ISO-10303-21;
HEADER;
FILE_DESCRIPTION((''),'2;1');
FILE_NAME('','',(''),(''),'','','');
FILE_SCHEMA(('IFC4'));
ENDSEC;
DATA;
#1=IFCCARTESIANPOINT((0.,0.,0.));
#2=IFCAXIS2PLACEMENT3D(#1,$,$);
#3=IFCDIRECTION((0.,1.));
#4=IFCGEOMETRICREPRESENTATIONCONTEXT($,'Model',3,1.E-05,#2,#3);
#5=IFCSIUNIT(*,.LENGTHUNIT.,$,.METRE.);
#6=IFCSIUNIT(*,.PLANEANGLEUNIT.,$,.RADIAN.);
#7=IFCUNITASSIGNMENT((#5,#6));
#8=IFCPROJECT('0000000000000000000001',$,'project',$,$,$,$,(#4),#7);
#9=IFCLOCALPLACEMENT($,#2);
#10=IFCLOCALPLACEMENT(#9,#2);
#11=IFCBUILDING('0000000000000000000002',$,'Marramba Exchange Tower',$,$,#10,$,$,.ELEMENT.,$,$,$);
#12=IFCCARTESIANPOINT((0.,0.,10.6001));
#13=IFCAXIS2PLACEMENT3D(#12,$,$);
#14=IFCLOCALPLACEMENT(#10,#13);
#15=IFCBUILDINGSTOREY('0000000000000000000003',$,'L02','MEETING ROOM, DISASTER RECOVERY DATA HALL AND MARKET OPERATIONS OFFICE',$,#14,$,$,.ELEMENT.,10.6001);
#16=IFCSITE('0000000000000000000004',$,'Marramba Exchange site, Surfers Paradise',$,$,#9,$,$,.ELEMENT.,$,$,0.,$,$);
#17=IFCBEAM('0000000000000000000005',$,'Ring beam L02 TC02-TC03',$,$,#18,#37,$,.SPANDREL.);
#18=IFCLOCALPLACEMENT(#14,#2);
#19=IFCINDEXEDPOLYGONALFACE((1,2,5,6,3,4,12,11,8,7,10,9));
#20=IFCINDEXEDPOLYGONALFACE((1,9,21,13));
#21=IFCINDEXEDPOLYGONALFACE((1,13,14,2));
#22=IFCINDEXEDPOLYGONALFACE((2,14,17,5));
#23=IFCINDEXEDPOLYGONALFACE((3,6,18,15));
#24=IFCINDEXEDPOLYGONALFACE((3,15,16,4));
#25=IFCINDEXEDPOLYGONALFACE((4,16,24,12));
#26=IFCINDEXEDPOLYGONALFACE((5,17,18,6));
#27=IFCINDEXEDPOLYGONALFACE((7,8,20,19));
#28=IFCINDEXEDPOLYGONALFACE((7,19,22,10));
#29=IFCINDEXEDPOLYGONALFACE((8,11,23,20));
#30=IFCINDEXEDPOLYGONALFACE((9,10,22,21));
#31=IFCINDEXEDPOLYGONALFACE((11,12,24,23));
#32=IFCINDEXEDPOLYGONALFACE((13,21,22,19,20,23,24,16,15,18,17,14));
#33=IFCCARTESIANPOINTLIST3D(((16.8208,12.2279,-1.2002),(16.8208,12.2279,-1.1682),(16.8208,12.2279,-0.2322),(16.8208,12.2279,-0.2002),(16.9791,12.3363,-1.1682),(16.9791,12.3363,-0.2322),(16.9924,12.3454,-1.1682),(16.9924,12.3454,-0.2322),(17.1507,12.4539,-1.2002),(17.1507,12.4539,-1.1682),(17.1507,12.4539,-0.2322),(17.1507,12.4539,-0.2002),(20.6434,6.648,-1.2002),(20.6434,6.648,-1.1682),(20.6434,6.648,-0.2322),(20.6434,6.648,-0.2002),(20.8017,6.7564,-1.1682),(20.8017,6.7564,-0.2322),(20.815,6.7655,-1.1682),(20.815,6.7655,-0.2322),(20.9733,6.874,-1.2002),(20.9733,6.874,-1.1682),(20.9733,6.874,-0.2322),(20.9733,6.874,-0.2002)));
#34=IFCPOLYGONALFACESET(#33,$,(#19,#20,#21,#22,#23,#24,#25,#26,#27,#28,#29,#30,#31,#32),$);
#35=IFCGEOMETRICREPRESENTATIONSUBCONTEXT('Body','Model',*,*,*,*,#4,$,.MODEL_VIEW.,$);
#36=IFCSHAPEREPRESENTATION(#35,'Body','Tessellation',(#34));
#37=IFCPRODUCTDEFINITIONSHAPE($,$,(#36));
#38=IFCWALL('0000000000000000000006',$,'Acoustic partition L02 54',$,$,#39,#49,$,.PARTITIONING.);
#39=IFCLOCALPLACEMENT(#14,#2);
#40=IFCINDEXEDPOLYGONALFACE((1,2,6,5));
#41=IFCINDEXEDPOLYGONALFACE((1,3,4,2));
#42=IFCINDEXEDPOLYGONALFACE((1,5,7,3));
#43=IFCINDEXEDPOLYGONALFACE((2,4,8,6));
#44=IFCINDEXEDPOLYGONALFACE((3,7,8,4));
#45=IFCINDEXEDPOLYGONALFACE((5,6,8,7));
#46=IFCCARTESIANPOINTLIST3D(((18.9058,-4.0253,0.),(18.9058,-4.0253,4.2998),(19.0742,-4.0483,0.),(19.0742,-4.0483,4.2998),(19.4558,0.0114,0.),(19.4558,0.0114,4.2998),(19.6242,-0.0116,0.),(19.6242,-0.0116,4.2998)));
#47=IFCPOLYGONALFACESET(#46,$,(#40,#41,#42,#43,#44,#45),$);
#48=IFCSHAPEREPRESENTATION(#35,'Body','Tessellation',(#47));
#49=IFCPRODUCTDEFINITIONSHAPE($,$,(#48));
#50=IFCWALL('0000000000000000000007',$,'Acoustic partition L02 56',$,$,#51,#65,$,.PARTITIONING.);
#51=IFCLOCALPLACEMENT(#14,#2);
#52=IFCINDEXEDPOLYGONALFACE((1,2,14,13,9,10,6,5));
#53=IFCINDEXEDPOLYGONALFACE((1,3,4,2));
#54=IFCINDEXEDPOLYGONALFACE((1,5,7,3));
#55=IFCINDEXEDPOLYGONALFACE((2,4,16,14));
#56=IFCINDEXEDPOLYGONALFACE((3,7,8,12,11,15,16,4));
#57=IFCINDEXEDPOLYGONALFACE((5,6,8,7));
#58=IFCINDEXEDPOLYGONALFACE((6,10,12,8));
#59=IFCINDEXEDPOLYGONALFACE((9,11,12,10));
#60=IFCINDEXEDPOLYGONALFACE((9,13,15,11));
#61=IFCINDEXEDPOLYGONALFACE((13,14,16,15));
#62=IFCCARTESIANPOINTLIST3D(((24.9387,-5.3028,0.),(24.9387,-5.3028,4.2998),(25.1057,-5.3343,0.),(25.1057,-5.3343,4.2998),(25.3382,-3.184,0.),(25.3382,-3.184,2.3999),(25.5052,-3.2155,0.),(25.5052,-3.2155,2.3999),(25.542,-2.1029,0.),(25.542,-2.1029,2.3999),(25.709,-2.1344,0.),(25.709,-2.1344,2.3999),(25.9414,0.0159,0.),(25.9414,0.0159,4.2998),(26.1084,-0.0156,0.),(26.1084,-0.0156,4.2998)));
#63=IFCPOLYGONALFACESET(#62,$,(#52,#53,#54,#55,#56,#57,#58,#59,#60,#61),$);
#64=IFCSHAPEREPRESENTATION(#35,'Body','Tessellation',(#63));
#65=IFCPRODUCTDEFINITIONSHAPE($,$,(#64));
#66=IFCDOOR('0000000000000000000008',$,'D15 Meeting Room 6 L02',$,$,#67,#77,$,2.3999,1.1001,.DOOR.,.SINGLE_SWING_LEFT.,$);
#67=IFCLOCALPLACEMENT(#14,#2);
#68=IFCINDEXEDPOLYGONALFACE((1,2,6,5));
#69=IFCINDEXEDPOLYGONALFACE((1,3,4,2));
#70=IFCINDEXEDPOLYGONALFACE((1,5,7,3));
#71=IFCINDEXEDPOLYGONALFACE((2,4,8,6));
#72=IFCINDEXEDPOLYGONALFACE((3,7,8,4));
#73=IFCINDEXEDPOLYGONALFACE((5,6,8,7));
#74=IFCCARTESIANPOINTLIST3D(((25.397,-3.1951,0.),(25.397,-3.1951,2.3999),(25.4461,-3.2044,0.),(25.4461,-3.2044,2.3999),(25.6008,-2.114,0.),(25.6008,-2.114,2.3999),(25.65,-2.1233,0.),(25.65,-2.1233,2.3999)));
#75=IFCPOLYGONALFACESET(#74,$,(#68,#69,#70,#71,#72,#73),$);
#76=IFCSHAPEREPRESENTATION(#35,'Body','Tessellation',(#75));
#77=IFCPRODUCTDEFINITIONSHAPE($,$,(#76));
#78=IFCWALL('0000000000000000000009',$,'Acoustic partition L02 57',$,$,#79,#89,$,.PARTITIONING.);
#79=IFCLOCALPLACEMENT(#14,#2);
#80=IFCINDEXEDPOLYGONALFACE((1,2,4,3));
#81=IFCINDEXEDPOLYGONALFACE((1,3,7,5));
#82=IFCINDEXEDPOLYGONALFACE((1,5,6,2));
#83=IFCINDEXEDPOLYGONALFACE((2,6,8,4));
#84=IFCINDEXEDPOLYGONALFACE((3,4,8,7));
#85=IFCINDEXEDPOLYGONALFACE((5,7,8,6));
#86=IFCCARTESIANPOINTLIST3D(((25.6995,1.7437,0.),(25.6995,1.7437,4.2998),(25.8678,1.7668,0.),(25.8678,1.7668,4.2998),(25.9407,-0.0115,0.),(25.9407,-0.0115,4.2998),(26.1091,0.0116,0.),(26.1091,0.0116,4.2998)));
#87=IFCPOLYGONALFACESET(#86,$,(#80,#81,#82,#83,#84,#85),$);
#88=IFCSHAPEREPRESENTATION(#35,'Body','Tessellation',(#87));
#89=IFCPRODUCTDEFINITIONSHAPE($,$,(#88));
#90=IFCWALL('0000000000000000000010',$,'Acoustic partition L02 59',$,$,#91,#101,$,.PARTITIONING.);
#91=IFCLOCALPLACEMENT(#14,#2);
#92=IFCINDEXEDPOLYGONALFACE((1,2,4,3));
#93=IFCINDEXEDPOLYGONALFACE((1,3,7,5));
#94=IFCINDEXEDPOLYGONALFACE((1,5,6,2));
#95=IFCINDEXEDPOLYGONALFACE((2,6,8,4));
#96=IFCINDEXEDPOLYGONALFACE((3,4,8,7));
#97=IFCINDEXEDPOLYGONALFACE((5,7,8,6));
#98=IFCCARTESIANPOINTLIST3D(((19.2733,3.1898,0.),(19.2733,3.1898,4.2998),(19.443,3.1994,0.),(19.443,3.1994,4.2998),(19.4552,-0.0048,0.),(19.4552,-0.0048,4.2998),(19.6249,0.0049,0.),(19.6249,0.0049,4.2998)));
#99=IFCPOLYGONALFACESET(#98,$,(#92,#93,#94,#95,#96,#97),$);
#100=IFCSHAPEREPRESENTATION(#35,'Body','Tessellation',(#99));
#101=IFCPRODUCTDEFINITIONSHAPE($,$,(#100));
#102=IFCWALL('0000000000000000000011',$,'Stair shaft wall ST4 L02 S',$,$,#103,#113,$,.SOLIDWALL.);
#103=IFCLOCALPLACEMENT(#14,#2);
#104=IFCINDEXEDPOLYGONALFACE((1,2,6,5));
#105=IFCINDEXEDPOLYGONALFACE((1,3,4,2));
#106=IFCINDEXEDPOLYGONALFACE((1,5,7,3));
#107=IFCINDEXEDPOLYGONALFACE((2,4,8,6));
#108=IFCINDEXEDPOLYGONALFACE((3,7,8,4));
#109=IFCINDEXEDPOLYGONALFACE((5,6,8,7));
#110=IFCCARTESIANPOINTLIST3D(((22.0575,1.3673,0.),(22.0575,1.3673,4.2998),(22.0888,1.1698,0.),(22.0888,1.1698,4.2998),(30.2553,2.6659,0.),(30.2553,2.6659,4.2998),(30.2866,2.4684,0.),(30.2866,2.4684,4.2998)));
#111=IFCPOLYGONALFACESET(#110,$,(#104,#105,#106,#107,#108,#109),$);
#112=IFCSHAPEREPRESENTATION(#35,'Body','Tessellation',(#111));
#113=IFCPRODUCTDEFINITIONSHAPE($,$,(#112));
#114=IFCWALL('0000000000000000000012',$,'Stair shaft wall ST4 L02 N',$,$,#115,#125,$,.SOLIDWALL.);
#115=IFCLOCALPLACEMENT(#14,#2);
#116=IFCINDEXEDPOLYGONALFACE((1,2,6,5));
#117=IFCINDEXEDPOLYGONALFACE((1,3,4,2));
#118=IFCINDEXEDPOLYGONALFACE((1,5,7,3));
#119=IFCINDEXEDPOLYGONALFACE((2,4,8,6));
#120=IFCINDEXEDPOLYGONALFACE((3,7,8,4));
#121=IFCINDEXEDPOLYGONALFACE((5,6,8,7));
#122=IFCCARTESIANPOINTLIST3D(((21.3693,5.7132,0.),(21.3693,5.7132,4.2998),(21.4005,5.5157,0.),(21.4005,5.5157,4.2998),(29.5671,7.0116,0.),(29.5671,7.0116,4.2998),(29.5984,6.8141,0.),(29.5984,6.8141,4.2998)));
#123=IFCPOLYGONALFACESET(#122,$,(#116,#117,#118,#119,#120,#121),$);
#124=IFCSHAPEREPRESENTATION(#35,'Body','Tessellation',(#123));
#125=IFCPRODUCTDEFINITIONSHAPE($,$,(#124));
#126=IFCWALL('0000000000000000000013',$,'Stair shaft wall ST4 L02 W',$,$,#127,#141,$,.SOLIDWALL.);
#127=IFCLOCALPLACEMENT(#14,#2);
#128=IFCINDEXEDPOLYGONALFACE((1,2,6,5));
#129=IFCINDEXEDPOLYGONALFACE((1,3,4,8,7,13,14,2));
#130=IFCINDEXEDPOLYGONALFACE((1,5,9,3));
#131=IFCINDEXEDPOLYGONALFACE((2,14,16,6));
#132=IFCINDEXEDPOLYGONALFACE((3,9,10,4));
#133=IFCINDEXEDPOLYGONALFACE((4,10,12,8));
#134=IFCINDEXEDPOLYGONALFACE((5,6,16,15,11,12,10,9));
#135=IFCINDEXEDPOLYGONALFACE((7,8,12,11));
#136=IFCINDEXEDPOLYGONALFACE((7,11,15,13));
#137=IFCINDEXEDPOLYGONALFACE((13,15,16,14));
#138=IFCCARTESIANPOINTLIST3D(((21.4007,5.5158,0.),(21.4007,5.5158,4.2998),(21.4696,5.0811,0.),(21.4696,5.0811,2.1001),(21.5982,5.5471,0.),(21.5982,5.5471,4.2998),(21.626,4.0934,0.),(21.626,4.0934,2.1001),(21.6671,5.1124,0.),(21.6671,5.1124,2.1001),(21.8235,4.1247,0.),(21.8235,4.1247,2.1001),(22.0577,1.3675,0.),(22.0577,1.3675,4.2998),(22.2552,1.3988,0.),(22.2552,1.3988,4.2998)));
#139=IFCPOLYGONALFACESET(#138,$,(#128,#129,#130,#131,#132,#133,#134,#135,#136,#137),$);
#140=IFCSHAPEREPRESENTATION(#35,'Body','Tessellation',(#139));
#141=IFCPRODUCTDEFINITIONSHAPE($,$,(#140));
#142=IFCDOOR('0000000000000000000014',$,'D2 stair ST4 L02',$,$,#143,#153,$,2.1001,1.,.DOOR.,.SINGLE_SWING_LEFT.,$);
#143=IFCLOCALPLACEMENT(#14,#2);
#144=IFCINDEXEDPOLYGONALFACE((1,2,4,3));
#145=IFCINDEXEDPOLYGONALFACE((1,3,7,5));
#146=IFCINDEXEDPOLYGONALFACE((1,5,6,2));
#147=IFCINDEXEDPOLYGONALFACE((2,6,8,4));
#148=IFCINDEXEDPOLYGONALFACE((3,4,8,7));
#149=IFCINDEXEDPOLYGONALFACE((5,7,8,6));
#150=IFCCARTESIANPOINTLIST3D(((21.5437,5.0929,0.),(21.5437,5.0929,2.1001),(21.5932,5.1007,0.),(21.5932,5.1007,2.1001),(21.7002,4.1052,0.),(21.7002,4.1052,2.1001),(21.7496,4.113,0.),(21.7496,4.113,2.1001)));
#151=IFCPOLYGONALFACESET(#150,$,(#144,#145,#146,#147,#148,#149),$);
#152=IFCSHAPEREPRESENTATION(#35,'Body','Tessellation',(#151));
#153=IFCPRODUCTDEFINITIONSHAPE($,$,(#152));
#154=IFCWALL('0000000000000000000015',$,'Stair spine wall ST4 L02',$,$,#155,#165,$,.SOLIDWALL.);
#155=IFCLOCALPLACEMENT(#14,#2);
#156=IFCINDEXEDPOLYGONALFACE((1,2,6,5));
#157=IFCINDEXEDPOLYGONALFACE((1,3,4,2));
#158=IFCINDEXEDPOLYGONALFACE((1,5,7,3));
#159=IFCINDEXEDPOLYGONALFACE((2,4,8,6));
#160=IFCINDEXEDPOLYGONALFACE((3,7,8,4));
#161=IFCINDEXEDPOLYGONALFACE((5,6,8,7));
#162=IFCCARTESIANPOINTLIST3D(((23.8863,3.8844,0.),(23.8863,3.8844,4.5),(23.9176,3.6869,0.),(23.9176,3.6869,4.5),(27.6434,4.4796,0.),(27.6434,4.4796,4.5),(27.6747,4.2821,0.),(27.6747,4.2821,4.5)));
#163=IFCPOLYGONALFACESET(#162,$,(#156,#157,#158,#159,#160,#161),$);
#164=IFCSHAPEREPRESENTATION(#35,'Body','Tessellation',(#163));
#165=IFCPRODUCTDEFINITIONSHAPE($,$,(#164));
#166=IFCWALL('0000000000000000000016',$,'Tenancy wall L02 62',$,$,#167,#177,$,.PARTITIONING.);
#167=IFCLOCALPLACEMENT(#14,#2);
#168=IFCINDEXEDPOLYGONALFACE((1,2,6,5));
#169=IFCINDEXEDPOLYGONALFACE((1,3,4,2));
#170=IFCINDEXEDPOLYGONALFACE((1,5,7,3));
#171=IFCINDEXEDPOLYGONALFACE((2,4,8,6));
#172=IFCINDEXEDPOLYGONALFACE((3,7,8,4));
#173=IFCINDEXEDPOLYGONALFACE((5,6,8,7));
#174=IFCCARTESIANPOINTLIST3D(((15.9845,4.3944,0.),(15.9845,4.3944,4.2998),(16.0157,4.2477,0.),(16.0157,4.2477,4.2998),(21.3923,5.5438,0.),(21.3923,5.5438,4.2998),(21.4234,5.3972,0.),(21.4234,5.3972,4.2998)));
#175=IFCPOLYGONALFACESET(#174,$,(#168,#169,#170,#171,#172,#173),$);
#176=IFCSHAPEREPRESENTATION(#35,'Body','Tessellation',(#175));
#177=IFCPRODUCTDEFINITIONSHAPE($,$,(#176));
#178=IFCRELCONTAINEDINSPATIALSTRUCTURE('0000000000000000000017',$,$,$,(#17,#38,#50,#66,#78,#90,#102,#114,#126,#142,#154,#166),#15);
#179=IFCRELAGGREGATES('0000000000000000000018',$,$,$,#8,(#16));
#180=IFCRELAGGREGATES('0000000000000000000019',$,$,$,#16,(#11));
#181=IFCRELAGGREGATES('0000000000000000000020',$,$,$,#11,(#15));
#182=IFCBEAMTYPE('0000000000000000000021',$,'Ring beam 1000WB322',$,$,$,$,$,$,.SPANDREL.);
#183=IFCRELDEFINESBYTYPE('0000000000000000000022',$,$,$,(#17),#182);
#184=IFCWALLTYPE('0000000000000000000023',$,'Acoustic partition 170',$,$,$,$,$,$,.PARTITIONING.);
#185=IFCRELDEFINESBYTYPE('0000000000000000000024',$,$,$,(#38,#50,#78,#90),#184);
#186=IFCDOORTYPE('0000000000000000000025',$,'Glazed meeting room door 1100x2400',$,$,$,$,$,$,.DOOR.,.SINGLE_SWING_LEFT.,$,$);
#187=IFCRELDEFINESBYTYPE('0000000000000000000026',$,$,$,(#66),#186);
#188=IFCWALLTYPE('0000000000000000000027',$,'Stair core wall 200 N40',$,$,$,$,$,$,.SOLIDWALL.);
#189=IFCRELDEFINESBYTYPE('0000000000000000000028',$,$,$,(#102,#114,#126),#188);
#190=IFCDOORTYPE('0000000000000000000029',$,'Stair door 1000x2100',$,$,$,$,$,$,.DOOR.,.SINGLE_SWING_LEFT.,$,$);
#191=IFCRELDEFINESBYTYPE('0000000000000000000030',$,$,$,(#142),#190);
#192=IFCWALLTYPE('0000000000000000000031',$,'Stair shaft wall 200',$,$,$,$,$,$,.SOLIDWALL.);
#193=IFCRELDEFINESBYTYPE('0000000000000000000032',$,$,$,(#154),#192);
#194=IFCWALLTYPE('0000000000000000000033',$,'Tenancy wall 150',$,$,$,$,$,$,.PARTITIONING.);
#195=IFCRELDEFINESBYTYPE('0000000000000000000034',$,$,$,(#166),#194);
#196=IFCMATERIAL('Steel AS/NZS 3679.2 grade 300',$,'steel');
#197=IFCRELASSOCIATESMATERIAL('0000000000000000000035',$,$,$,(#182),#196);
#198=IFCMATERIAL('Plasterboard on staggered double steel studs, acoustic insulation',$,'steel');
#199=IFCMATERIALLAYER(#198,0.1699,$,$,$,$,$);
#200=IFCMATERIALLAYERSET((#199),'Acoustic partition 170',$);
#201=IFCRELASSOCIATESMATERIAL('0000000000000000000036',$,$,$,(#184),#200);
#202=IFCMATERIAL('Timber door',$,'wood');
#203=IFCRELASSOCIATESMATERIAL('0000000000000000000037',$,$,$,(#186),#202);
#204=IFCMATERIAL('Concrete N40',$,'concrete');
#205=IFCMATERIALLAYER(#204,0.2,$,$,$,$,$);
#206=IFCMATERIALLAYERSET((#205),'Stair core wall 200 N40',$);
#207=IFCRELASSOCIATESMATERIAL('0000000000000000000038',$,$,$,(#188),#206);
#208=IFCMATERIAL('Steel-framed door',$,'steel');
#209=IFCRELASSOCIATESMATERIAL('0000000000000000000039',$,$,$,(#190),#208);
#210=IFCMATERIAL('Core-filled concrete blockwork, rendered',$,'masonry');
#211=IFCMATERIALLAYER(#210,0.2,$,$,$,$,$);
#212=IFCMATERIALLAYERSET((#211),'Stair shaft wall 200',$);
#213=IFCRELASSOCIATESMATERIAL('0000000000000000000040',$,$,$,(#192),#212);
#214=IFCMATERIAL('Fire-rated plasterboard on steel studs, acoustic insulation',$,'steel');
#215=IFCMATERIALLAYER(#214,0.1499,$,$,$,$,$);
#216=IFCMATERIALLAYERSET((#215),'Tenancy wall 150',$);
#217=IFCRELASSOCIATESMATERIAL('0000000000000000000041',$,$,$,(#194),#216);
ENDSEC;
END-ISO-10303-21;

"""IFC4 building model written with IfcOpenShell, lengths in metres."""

from ifc_helpers import new_model, si_unit, direction, frame, frame_2d, origin, origin_2d, place, context, subcontext, project, spatial, rectangle, i_section, extrude, material, layer, layer_set, material_profile, profile_set, type_object, element, fill, save


model = new_model("IFC4")

# Units and contexts
model_context = context("Model", 3, precision=1e-05, world=origin(), true_north=direction((0.0, 1.0)))
body_context = subcontext(model_context, "Body", "Model", "MODEL_VIEW")
ifc_project = project(units=[si_unit("LENGTHUNIT", "METRE"), si_unit("PLANEANGLEUNIT", "RADIAN")], contexts=[model_context])

# Site, building, storey
site_placement = place(None, origin())
site = spatial("IfcSite", under=ifc_project, at=site_placement, Name="Marramba Exchange site, Surfers Paradise", CompositionType="ELEMENT", RefElevation=0.0)
building_placement = place(site_placement, origin())
building = spatial("IfcBuilding", under=site, at=building_placement, Name="Marramba Exchange Tower", CompositionType="ELEMENT")
storey_placement = place(building_placement, frame((0.0, 0.0, 10.6001)))
storey = spatial("IfcBuildingStorey", under=building, at=storey_placement, Name="L02", Description="MEETING ROOM, DISASTER RECOVERY DATA HALL AND MARKET OPERATIONS OFFICE", CompositionType="ELEMENT", Elevation=10.6001)

# Beam
ifc_material_1 = material(Name="Steel AS/NZS 3679.2 grade 300", Category="steel")
ifc_material_profile_1 = material_profile(ifc_material_1, i_section(OverallWidth=0.3999, OverallDepth=1.0, WebThickness=0.0161, FlangeThickness=0.032, at=origin_2d()), Name="1000WB322")
ifc_profile_set_1 = profile_set([ifc_material_profile_1], Name="Steel AS/NZS 3679.2 grade 300")
beam_type_1 = type_object("IfcBeamType", Name="Ring beam 1000WB322", PredefinedType="SPANDREL", material=ifc_profile_set_1)
beam_1_placement = place(storey_placement, frame((20.8083, 6.761, -0.7002), z_axis=(-0.56516, 0.824981, 0.0), x_axis=(-0.824981, -0.56516, 0.0)))
element("IfcBeam", 1, at=beam_1_placement, inside=storey, type_object=beam_type_1, Name="Ring beam L02 TC02-TC03", PredefinedType="SPANDREL", context=body_context, shape_type="SweptSolid", body=[
    extrude(i_section(OverallWidth=0.3999, OverallDepth=1.0, WebThickness=0.0161, FlangeThickness=0.032, at=origin_2d()), origin(), (0.0, 0.0, 1.0), 6.7637),
])

# Wall
ifc_material_2 = material(Name="Plasterboard on staggered double steel studs, acoustic insulation", Category="steel")
ifc_layer_1 = layer(ifc_material_2, 0.1699)
ifc_layer_set_1 = layer_set([ifc_layer_1], Name="Acoustic partition 170")
wall_type_1 = type_object("IfcWallType", Name="Acoustic partition 170", PredefinedType="PARTITIONING", material=ifc_layer_set_1)
wall_1_placement = place(storey_placement, frame((19.54, 0.0, 0.0), z_axis=(0.0, 0.0, 1.0), x_axis=(-0.135017, -0.990843, 0.0)))
element("IfcWall", 2, at=wall_1_placement, inside=storey, type_object=wall_type_1, Name="Acoustic partition L02 54", PredefinedType="PARTITIONING", context=body_context, shape_type="SweptSolid", body=[
    extrude(rectangle(XDim=4.074, YDim=0.1699, at=frame_2d((2.0371, 0.0))), origin(), (0.0, 0.0, 1.0), 4.2998),
])

# Wall, opening, door
wall_2_placement = place(storey_placement, frame((26.0249, 0.0, 0.0), z_axis=(0.0, 0.0, 1.0), x_axis=(-0.185261, -0.982689, 0.0)))
wall_2 = element("IfcWall", 3, at=wall_2_placement, inside=storey, type_object=wall_type_1, Name="Acoustic partition L02 56", PredefinedType="PARTITIONING", context=body_context, shape_type="SweptSolid", body=[
    extrude(rectangle(XDim=5.4124, YDim=0.1699, at=frame_2d((2.7061, 0.0))), origin(), (0.0, 0.0, 1.0), 4.2998),
])
opening_1_placement = place(wall_2_placement, frame((2.156, 0.0, 0.0)))
opening_1 = element("IfcOpeningElement", 4, at=opening_1_placement, cuts=wall_2, PredefinedType="OPENING", context=body_context, shape_type="SweptSolid", body=[
    extrude(rectangle(XDim=1.1001, YDim=2.3999, at=frame_2d((0.55, 1.2))), frame((0.0, 0.095, 0.0), z_axis=(0.0, -1.0, 0.0), x_axis=(1.0, 0.0, 0.0)), (0.0, 0.0, 1.0), 0.1899),
])
ifc_material_3 = material(Name="Timber door", Category="wood")
door_type_1 = type_object("IfcDoorType", Name="Glazed meeting room door 1100x2400", OperationType="SINGLE_SWING_LEFT", PredefinedType="DOOR", material=ifc_material_3)
door_1_placement = place(opening_1_placement, origin())
door_1 = element("IfcDoor", 5, at=door_1_placement, inside=storey, type_object=door_type_1, Name="D15 Meeting Room 6 L02", OperationType="SINGLE_SWING_LEFT", OverallHeight=2.3999, OverallWidth=1.1001, PredefinedType="DOOR", context=body_context, shape_type="SweptSolid", body=[
    extrude(rectangle(XDim=1.1001, YDim=2.3999, at=frame_2d((0.55, 1.2))), frame((0.0, 0.0249, 0.0), z_axis=(0.0, -1.0, 0.0), x_axis=(1.0, 0.0, 0.0)), (0.0, 0.0, 1.0), 0.05),
])
fill(opening_1, door_1)

# Walls
wall_3_placement = place(storey_placement, frame((25.7837, 1.7551, 0.0), z_axis=(0.0, 0.0, 1.0), x_axis=(0.136152, -0.990688, 0.0)))
element("IfcWall", 6, at=wall_3_placement, inside=storey, type_object=wall_type_1, Name="Acoustic partition L02 57", PredefinedType="PARTITIONING", context=body_context, shape_type="SweptSolid", body=[
    extrude(rectangle(XDim=1.7717, YDim=0.1699, at=frame_2d((0.8857, 0.0))), origin(), (0.0, 0.0, 1.0), 4.2998),
])
wall_4_placement = place(storey_placement, frame((19.3582, 3.1946, 0.0), z_axis=(0.0, 0.0, 1.0), x_axis=(0.056843, -0.998383, 0.0)))
element("IfcWall", 7, at=wall_4_placement, inside=storey, type_object=wall_type_1, Name="Acoustic partition L02 59", PredefinedType="PARTITIONING", context=body_context, shape_type="SweptSolid", body=[
    extrude(rectangle(XDim=3.1997, YDim=0.1699, at=frame_2d((1.5999, 0.0))), origin(), (0.0, 0.0, 1.0), 4.2998),
])
ifc_material_4 = material(Name="Concrete N40", Category="concrete")
ifc_layer_2 = layer(ifc_material_4, 0.2)
ifc_layer_set_2 = layer_set([ifc_layer_2], Name="Stair core wall 200 N40")
wall_type_2 = type_object("IfcWallType", Name="Stair core wall 200 N40", PredefinedType="SOLIDWALL", material=ifc_layer_set_2)
for number, where, z_axis, x_axis, name in (
    (8, (22.0732, 1.2686, 0.0), (0.0, 0.0, 1.0), (0.987685, 0.156456, 0.0), "Stair shaft wall ST4 L02 S"),
    (9, (21.385, 5.6145, 0.0), (0.0, 0.0, 1.0), (0.987689, 0.156428, 0.0), "Stair shaft wall ST4 L02 N"),
):
    element("IfcWall", number, at=place(storey_placement, frame(where, z_axis=z_axis, x_axis=x_axis)), inside=storey, type_object=wall_type_2, Name=name, PredefinedType="SOLIDWALL", context=body_context, shape_type="SweptSolid", body=[
        extrude(rectangle(XDim=8.3, YDim=0.2, at=frame_2d((4.1499, 0.0))), origin(), (0.0, 0.0, 1.0), 4.2998),
    ])

# Wall, opening, door
wall_5_placement = place(storey_placement, frame((22.1565, 1.3831, 0.0), z_axis=(0.0, 0.0, 1.0), x_axis=(-0.156428, 0.987689, 0.0)))
wall_5 = element("IfcWall", 10, at=wall_5_placement, inside=storey, type_object=wall_type_2, Name="Stair shaft wall ST4 L02 W", PredefinedType="SOLIDWALL", context=body_context, shape_type="SweptSolid", body=[
    extrude(rectangle(XDim=4.2, YDim=0.2, at=frame_2d((2.1001, 0.0))), origin(), (0.0, 0.0, 1.0), 4.2998),
])
opening_2_placement = place(wall_5_placement, frame((2.76, 0.0, 0.0)))
opening_2 = element("IfcOpeningElement", 11, at=opening_2_placement, cuts=wall_5, PredefinedType="OPENING", context=body_context, shape_type="SweptSolid", body=[
    extrude(rectangle(XDim=1.0, YDim=2.1001, at=frame_2d((0.5, 1.05))), frame((0.0, 0.1099, 0.0), z_axis=(0.0, -1.0, 0.0), x_axis=(1.0, 0.0, 0.0)), (0.0, 0.0, 1.0), 0.22),
])
ifc_material_5 = material(Name="Steel-framed door", Category="steel")
door_type_2 = type_object("IfcDoorType", Name="Stair door 1000x2100", OperationType="SINGLE_SWING_LEFT", PredefinedType="DOOR", material=ifc_material_5)
door_2_placement = place(opening_2_placement, frame((1.0, 0.0, 0.0), z_axis=(0.0, 0.0, 1.0), x_axis=(-1.0, 0.0, 0.0)))
door_2 = element("IfcDoor", 12, at=door_2_placement, inside=storey, type_object=door_type_2, Name="D2 stair ST4 L02", OperationType="SINGLE_SWING_LEFT", OverallHeight=2.1001, OverallWidth=1.0, PredefinedType="DOOR", context=body_context, shape_type="SweptSolid", body=[
    extrude(rectangle(XDim=1.0, YDim=2.1001, at=frame_2d((0.5, 1.05))), frame((0.0, 0.0251, 0.0), z_axis=(0.0, -1.0, 0.0), x_axis=(1.0, 0.0, 0.0)), (0.0, 0.0, 1.0), 0.05),
])
fill(opening_2, door_2)

# Walls
ifc_material_6 = material(Name="Core-filled concrete blockwork, rendered", Category="masonry")
ifc_layer_3 = layer(ifc_material_6, 0.2)
ifc_layer_set_3 = layer_set([ifc_layer_3], Name="Stair shaft wall 200")
wall_type_3 = type_object("IfcWallType", Name="Stair shaft wall 200", PredefinedType="SOLIDWALL", material=ifc_layer_set_3)
wall_6_placement = place(storey_placement, frame((23.9021, 3.7856, 0.0), z_axis=(0.0, 0.0, 1.0), x_axis=(0.987682, 0.156473, 0.0)))
element("IfcWall", 13, at=wall_6_placement, inside=storey, type_object=wall_type_3, Name="Stair spine wall ST4 L02", PredefinedType="SOLIDWALL", context=body_context, shape_type="SweptSolid", body=[
    extrude(rectangle(XDim=3.804, YDim=0.2, at=frame_2d((1.9019, 0.0))), origin(), (0.0, 0.0, 1.0), 4.5),
])
ifc_material_7 = material(Name="Fire-rated plasterboard on steel studs, acoustic insulation", Category="steel")
ifc_layer_4 = layer(ifc_material_7, 0.1499)
ifc_layer_set_4 = layer_set([ifc_layer_4], Name="Tenancy wall 150")
wall_type_4 = type_object("IfcWallType", Name="Tenancy wall 150", PredefinedType="PARTITIONING", material=ifc_layer_set_4)
wall_7_placement = place(storey_placement, frame((21.4077, 5.4705, 0.0), z_axis=(0.0, 0.0, 1.0), x_axis=(-0.978149, -0.207906, 0.0)))
element("IfcWall", 14, at=wall_7_placement, inside=storey, type_object=wall_type_4, Name="Tenancy wall L02 62", PredefinedType="PARTITIONING", context=body_context, shape_type="SweptSolid", body=[
    extrude(rectangle(XDim=5.5286, YDim=0.1499, at=frame_2d((2.7642, 0.0))), origin(), (0.0, 0.0, 1.0), 4.2998),
])

save(model, "model.ifc")
